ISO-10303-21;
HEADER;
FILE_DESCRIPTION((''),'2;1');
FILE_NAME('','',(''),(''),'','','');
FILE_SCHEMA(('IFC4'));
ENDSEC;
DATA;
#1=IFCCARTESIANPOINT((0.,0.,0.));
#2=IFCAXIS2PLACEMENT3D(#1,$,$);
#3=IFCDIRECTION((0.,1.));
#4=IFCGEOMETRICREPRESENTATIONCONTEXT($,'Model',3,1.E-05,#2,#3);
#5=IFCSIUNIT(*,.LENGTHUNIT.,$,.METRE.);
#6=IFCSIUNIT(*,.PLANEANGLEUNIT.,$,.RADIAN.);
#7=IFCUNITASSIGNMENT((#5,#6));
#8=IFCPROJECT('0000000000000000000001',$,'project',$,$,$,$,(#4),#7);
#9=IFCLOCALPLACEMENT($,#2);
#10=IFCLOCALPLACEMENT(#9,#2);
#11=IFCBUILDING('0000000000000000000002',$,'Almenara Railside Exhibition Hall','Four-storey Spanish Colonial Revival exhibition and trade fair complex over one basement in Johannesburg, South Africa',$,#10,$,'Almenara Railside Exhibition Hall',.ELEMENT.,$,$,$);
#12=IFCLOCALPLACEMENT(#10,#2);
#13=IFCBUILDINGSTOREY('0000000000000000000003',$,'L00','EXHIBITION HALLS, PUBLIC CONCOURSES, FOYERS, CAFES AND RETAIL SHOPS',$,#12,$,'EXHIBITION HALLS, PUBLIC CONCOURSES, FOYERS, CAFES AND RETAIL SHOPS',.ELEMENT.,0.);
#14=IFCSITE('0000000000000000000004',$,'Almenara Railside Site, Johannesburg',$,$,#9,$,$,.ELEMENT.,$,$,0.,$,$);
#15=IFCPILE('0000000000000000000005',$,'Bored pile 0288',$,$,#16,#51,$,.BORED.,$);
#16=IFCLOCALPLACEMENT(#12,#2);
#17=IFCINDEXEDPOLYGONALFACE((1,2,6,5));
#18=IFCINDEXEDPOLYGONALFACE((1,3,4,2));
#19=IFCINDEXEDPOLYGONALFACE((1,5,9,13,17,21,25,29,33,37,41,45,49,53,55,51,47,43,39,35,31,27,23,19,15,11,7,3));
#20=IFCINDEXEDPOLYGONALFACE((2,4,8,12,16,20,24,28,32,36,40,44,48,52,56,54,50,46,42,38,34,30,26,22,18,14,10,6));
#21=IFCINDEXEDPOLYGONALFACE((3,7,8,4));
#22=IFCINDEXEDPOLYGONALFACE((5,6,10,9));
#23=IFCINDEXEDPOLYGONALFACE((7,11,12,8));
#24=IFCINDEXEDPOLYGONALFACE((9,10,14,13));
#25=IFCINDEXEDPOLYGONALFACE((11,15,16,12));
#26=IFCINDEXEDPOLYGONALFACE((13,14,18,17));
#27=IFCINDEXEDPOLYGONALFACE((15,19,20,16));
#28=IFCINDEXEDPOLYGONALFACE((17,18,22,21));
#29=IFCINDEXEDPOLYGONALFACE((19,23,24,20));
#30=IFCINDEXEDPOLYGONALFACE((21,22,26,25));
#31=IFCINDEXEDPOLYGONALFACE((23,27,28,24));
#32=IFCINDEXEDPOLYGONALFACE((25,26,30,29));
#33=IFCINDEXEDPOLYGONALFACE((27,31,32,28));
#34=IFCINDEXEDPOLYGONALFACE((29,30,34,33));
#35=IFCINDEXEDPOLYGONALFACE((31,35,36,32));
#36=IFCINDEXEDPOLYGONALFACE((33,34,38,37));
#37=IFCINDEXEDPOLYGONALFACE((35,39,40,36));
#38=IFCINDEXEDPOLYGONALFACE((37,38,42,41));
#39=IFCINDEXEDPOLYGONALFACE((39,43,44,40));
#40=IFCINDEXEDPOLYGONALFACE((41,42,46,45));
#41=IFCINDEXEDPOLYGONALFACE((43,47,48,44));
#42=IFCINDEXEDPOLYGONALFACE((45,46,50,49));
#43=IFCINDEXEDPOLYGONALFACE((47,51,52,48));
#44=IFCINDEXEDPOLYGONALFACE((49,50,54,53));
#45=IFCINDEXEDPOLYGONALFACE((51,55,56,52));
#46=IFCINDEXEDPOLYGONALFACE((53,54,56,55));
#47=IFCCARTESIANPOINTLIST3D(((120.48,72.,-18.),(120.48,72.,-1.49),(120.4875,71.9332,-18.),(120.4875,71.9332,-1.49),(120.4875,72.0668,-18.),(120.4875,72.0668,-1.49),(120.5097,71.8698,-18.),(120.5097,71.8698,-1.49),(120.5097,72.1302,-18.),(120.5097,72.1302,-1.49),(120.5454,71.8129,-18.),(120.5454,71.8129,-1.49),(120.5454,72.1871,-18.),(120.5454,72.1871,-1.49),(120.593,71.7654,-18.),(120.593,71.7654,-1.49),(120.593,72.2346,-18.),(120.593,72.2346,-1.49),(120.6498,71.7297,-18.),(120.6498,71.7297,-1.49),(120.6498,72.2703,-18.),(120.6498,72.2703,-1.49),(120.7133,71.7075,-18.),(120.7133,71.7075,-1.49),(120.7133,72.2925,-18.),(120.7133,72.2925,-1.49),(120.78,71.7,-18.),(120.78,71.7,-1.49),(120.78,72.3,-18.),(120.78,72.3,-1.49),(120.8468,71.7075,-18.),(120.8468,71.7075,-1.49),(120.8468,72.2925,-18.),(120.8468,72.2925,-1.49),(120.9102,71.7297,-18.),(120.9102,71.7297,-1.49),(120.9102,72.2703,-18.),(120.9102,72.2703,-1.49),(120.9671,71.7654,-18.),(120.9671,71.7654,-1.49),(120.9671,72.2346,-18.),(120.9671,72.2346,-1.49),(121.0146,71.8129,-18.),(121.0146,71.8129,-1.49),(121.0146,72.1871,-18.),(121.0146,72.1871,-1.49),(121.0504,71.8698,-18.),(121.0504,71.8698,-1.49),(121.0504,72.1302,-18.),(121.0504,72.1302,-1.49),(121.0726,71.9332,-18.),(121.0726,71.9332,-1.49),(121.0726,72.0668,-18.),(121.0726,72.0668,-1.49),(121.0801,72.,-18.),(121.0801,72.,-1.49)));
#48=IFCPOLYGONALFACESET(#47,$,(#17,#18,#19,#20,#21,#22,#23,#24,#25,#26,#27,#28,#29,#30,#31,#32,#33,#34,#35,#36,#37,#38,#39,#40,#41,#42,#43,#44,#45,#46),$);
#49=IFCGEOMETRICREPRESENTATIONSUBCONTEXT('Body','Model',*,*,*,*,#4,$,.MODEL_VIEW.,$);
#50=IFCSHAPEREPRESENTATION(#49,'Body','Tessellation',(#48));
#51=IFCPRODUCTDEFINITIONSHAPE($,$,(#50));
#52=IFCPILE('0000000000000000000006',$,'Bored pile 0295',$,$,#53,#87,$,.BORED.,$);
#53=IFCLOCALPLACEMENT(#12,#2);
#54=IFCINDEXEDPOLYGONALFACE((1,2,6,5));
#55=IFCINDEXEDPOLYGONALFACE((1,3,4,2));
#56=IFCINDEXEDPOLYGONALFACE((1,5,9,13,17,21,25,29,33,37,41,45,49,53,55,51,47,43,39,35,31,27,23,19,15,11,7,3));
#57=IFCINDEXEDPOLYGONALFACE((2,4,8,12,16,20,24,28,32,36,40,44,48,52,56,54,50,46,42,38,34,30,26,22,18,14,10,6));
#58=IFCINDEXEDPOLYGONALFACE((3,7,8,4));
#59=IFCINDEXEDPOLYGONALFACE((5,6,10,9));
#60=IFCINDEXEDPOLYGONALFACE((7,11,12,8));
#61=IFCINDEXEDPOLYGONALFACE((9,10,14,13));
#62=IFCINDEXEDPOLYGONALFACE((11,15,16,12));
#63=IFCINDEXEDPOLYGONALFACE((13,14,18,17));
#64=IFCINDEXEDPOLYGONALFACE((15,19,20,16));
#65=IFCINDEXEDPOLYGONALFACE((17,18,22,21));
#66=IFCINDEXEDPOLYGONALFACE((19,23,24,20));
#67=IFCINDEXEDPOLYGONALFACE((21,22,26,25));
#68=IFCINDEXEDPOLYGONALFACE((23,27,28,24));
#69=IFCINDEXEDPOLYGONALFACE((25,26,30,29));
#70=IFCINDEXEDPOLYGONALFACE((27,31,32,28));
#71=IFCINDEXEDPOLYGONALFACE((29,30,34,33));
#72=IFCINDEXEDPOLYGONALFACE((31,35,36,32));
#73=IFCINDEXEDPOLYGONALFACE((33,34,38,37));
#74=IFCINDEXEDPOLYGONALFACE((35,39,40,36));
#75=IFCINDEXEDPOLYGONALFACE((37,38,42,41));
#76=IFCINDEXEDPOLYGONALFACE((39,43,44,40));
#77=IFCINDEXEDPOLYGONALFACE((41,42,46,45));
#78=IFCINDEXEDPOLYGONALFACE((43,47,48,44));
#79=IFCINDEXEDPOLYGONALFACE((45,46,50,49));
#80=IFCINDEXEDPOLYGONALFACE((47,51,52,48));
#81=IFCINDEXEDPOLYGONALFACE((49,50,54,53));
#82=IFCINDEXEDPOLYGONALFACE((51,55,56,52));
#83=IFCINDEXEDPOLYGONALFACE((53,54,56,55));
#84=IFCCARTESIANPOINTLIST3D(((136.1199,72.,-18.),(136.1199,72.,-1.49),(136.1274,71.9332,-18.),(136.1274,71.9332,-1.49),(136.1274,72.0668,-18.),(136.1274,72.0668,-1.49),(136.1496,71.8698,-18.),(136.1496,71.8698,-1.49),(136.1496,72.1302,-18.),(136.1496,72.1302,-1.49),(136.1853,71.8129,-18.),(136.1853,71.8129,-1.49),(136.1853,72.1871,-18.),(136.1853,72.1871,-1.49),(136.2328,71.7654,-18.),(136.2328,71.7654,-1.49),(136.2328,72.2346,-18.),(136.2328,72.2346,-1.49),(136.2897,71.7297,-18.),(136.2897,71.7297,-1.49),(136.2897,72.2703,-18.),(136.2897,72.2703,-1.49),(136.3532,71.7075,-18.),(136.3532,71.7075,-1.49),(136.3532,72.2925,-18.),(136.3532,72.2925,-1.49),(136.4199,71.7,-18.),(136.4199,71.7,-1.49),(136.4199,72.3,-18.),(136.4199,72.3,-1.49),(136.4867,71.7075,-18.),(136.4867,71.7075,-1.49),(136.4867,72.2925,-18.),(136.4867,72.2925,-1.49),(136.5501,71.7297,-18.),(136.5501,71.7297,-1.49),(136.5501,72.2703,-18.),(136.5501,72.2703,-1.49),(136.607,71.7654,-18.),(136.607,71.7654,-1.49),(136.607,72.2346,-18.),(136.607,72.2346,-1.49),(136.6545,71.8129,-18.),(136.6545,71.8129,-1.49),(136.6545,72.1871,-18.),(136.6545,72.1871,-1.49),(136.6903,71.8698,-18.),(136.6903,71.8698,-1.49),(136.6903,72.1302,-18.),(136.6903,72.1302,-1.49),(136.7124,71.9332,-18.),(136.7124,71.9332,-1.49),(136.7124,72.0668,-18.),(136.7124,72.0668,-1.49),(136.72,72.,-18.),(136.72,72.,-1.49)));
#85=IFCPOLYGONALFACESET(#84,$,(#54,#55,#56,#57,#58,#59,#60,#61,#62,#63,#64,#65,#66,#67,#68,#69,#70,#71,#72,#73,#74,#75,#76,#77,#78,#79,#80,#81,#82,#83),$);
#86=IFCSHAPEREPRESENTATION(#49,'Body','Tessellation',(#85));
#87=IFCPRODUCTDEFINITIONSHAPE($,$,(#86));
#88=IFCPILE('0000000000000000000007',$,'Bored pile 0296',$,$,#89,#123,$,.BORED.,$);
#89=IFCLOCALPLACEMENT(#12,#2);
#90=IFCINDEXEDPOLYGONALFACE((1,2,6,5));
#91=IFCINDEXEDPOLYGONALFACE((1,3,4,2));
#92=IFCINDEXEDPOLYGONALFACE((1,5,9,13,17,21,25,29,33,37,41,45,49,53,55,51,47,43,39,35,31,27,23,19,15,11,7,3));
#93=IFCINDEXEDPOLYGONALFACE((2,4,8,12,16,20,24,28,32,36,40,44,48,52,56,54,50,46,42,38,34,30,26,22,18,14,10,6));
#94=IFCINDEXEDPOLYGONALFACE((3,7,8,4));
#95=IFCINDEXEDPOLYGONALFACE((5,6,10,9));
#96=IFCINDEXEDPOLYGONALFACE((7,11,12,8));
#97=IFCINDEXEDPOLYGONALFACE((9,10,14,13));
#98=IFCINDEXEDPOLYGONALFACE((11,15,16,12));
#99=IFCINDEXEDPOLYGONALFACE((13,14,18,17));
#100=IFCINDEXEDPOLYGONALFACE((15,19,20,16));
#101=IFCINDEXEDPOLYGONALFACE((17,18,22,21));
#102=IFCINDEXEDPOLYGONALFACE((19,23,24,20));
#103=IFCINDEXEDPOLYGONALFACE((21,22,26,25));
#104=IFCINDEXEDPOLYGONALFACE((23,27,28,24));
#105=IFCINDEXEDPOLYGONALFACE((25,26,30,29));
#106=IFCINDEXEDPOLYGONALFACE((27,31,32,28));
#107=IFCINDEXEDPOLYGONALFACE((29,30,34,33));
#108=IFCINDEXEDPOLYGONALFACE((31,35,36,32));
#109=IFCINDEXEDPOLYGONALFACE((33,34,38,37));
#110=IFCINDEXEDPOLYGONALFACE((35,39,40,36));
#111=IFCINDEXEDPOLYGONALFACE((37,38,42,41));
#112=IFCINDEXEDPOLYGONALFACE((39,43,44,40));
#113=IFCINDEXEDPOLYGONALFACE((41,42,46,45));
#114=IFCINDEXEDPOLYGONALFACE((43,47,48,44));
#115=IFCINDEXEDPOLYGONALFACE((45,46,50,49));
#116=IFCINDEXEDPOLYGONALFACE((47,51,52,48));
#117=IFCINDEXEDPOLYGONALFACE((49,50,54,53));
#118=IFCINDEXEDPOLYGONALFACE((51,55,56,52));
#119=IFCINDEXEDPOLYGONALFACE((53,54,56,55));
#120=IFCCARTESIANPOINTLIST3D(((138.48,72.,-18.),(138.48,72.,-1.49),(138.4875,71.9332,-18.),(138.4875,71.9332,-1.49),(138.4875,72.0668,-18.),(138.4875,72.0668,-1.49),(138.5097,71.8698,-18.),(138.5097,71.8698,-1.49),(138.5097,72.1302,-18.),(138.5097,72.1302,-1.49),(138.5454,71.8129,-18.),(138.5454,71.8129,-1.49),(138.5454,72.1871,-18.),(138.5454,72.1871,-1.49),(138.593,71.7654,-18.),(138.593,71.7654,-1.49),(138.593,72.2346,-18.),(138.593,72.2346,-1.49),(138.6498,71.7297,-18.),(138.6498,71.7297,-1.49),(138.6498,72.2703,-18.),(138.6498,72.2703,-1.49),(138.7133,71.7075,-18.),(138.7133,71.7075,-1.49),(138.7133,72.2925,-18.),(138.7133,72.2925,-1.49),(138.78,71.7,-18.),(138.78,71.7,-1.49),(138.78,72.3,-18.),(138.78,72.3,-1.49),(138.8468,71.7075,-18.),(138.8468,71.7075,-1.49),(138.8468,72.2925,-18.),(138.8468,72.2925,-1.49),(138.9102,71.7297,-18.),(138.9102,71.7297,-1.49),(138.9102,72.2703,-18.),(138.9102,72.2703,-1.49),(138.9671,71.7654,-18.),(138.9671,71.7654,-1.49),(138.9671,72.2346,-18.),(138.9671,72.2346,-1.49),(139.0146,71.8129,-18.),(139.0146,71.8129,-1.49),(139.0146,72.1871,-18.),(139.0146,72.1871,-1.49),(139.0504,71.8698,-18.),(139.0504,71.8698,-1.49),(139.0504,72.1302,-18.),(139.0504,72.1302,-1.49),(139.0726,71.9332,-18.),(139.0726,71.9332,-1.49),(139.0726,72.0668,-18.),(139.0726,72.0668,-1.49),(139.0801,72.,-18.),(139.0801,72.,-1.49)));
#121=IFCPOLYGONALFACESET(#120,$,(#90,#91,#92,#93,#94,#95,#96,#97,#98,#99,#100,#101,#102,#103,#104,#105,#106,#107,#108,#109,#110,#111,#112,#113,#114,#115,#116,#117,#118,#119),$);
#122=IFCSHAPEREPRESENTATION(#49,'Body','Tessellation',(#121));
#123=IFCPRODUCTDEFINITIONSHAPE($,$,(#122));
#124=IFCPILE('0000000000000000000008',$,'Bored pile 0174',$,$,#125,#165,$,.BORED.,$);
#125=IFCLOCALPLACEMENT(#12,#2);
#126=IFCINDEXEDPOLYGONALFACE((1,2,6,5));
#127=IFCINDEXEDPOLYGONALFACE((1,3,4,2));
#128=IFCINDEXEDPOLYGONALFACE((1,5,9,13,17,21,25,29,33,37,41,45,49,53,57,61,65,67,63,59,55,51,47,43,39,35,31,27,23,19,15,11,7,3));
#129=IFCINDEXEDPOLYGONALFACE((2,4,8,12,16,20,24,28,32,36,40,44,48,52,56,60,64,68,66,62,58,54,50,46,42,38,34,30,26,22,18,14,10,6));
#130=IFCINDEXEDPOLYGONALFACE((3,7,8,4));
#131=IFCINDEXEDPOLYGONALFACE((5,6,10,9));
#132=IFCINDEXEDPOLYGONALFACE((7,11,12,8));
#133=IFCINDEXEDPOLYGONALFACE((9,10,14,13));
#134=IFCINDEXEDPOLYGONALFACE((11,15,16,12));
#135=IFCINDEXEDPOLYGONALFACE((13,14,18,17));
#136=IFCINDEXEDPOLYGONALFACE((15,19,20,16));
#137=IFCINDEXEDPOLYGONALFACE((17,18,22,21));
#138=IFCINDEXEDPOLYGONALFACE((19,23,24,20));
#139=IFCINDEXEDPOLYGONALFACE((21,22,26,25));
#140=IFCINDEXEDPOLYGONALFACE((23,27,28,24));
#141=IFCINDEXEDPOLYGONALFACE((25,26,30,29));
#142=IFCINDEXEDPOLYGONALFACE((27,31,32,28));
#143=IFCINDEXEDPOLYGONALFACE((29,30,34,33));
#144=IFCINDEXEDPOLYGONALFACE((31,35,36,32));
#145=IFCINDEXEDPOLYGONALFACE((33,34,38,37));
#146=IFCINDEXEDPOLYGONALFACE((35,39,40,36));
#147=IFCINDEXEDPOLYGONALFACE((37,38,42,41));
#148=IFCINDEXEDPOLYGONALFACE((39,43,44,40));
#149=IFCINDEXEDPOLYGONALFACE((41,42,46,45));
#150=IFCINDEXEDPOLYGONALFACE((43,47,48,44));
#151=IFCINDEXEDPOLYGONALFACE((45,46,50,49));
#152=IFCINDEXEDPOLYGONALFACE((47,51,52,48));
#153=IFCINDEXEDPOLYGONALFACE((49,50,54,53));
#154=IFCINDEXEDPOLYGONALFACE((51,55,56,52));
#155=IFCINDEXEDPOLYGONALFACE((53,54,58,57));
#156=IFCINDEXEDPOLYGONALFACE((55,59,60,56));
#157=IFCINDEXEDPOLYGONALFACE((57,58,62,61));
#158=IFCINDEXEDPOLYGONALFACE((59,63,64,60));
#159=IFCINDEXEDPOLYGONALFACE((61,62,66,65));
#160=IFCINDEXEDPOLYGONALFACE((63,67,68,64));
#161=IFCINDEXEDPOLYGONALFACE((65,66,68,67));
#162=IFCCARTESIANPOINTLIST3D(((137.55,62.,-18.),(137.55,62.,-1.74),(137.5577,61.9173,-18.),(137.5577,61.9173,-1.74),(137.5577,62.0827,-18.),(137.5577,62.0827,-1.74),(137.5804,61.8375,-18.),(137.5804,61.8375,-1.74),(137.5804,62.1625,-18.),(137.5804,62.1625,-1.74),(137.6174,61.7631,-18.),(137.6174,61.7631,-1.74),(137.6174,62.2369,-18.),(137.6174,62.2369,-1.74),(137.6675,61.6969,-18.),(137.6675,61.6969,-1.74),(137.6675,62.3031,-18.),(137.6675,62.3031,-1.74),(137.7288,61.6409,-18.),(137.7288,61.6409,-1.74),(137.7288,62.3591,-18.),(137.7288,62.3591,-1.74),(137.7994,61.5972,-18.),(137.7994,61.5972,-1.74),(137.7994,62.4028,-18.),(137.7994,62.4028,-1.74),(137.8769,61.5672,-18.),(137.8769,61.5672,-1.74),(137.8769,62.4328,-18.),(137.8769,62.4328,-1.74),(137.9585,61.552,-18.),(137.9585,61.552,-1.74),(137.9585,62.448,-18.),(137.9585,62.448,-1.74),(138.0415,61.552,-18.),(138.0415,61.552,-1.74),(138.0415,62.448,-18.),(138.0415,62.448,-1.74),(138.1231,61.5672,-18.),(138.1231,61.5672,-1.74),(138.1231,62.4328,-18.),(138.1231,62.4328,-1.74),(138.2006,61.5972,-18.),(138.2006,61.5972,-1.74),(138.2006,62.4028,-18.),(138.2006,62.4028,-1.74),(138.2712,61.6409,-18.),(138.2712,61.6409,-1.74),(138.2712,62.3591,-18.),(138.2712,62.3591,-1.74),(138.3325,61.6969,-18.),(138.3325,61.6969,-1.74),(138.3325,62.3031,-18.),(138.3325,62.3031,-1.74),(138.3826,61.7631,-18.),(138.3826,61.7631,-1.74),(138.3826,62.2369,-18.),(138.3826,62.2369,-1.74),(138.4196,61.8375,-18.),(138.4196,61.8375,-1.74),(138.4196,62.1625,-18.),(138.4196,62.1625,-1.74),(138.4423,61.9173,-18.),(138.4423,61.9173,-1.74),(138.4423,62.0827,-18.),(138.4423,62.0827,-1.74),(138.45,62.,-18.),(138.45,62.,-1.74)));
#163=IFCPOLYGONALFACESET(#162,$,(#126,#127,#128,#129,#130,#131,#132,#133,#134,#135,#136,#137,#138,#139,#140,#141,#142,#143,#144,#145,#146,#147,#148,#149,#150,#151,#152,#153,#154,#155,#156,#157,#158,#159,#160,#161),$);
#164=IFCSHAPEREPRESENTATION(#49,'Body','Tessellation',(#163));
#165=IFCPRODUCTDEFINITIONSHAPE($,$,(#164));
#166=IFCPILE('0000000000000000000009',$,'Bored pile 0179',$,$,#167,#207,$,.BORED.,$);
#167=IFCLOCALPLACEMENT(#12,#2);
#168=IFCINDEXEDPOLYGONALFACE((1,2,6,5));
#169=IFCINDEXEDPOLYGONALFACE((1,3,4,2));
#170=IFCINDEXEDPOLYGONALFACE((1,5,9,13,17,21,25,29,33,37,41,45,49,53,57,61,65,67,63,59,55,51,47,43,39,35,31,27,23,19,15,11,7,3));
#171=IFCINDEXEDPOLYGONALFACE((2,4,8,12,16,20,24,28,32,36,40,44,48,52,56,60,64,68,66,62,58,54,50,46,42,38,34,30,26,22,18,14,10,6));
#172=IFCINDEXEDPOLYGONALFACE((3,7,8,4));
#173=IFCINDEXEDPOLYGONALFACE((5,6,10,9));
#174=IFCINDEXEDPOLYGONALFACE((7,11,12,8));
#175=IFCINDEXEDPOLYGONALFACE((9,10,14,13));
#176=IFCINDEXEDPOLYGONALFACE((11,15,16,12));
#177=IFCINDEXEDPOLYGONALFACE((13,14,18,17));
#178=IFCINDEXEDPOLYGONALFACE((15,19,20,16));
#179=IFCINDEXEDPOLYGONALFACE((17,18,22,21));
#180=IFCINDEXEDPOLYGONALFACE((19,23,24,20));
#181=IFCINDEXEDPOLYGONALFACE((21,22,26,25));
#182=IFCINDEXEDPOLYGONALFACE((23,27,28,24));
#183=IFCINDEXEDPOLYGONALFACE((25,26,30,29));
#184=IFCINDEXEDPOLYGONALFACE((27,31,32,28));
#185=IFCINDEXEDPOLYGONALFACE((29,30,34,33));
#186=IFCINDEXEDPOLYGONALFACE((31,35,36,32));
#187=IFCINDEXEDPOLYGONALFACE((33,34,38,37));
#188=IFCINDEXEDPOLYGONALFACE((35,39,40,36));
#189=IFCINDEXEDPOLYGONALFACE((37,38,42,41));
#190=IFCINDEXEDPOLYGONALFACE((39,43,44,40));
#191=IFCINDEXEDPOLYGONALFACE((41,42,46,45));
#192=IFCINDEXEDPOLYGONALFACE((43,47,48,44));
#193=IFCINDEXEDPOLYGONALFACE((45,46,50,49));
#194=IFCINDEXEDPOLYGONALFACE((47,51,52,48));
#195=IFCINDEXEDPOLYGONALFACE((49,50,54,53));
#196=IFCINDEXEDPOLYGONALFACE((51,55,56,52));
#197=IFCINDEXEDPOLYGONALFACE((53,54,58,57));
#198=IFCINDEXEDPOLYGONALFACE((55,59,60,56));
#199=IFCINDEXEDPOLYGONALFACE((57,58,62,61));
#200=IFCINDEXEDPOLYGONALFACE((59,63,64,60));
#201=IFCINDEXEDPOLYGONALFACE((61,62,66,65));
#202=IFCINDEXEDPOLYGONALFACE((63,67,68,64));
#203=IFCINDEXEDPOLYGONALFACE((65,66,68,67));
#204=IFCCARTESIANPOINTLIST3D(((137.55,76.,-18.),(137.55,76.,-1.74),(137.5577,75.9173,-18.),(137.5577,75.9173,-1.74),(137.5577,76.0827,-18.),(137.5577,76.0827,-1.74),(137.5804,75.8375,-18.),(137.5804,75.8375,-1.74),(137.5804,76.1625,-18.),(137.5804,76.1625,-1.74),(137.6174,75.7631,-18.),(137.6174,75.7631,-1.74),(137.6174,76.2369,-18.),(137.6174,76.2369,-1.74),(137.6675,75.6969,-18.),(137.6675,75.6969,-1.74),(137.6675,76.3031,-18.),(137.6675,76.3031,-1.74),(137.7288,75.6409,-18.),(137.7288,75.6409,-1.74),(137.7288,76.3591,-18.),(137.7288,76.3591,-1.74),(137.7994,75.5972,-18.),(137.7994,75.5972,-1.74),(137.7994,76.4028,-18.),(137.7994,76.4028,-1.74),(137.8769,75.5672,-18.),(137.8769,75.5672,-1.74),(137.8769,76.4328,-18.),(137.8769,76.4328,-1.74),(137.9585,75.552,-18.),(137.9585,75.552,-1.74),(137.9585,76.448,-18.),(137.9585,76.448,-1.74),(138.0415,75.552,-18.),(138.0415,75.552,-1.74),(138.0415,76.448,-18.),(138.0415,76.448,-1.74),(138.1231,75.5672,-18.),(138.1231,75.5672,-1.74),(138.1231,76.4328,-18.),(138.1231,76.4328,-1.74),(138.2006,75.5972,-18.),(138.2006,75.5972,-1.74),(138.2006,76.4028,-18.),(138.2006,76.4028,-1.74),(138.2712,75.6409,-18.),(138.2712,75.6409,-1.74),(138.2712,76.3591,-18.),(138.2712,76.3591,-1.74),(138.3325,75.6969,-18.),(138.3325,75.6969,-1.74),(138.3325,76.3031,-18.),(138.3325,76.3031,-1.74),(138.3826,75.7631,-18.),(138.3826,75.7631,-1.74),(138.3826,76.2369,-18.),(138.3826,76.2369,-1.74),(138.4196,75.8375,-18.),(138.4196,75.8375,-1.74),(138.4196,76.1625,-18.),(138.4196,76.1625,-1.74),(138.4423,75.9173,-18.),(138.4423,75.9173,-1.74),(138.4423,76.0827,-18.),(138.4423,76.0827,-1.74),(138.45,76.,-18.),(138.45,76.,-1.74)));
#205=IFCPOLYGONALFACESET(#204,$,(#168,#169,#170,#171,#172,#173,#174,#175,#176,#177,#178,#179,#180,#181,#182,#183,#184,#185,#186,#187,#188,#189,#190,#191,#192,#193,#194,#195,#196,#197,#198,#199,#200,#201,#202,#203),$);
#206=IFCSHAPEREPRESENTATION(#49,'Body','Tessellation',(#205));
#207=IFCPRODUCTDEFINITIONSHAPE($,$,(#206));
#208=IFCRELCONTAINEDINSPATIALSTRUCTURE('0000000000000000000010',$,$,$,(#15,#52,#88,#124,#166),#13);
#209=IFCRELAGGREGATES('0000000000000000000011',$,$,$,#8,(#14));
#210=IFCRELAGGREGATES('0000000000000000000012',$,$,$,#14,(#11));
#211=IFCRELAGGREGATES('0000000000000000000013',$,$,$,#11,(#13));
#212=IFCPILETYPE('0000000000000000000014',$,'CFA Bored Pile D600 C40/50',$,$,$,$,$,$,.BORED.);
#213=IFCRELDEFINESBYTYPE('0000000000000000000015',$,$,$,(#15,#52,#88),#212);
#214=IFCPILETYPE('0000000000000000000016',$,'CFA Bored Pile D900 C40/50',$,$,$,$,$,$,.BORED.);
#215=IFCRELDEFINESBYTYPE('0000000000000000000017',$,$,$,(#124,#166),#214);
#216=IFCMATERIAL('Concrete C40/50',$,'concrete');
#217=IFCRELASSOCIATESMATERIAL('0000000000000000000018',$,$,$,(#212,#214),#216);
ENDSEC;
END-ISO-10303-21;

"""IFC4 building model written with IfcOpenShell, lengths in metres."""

from ifc_helpers import new_model, si_unit, direction, frame, origin, origin_2d, place, context, subcontext, project, spatial, circle, extrude, material, material_profile, profile_set, type_object, element, save


model = new_model("IFC4")

# Units and contexts
model_context = context("Model", 3, precision=1e-05, world=origin(), true_north=direction((0.0, 1.0)))
body_context = subcontext(model_context, "Body", "Model", "MODEL_VIEW")
ifc_project = project(units=[si_unit("LENGTHUNIT", "METRE"), si_unit("PLANEANGLEUNIT", "RADIAN")], contexts=[model_context])

# Site, building, storey
site_placement = place(None, origin())
site = spatial("IfcSite", under=ifc_project, at=site_placement, Name="Almenara Railside Site, Johannesburg", CompositionType="ELEMENT", RefElevation=0.0)
building_placement = place(site_placement, origin())
building = spatial("IfcBuilding", under=site, at=building_placement, Name="Almenara Railside Exhibition Hall", Description="Four-storey Spanish Colonial Revival exhibition and trade fair complex over one basement in Johannesburg, South Africa", LongName="Almenara Railside Exhibition Hall", CompositionType="ELEMENT")
storey_placement = place(building_placement, origin())
storey = spatial("IfcBuildingStorey", under=building, at=storey_placement, Name="L00", Description="EXHIBITION HALLS, PUBLIC CONCOURSES, FOYERS, CAFES AND RETAIL SHOPS", LongName="EXHIBITION HALLS, PUBLIC CONCOURSES, FOYERS, CAFES AND RETAIL SHOPS", CompositionType="ELEMENT", Elevation=0.0)

# Piles
ifc_material_1 = material(Name="Concrete C40/50", Category="concrete")
ifc_material_profile_1 = material_profile(ifc_material_1, circle(Radius=0.3, at=origin_2d()), Name="CFA-PILE D600")
ifc_profile_set_1 = profile_set([ifc_material_profile_1], Name="Concrete C40/50")
pile_type_1 = type_object("IfcPileType", Name="CFA Bored Pile D600 C40/50", PredefinedType="BORED", material=ifc_profile_set_1)
for number, where, z_axis, x_axis, name in (
    (1, (120.78, 72.0, -1.49), (0.0, 0.0, -1.0), (1.0, 0.0, 0.0), "Bored pile 0288"),
    (2, (136.4199, 72.0, -1.49), (0.0, 0.0, -1.0), (1.0, 0.0, 0.0), "Bored pile 0295"),
    (3, (138.78, 72.0, -1.49), (0.0, 0.0, -1.0), (1.0, 0.0, 0.0), "Bored pile 0296"),
):
    element("IfcPile", number, at=place(storey_placement, frame(where, z_axis=z_axis, x_axis=x_axis)), inside=storey, type_object=pile_type_1, Name=name, PredefinedType="BORED", context=body_context, shape_type="SweptSolid", body=[
        extrude(circle(Radius=0.3, at=origin_2d()), origin(), (0.0, 0.0, 1.0), 16.51),
    ])
ifc_material_profile_2 = material_profile(ifc_material_1, circle(Radius=0.45, at=origin_2d()), Name="CFA-PILE D900")
ifc_profile_set_2 = profile_set([ifc_material_profile_2], Name="Concrete C40/50")
pile_type_2 = type_object("IfcPileType", Name="CFA Bored Pile D900 C40/50", PredefinedType="BORED", material=ifc_profile_set_2)
for number, where, z_axis, x_axis, name in (
    (4, (138.0, 62.0, -1.74), (0.0, 0.0, -1.0), (1.0, 0.0, 0.0), "Bored pile 0174"),
    (5, (138.0, 76.0, -1.74), (0.0, 0.0, -1.0), (1.0, 0.0, 0.0), "Bored pile 0179"),
):
    element("IfcPile", number, at=place(storey_placement, frame(where, z_axis=z_axis, x_axis=x_axis)), inside=storey, type_object=pile_type_2, Name=name, PredefinedType="BORED", context=body_context, shape_type="SweptSolid", body=[
        extrude(circle(Radius=0.45, at=origin_2d()), origin(), (0.0, 0.0, 1.0), 16.26),
    ])

save(model, "model.ifc")
